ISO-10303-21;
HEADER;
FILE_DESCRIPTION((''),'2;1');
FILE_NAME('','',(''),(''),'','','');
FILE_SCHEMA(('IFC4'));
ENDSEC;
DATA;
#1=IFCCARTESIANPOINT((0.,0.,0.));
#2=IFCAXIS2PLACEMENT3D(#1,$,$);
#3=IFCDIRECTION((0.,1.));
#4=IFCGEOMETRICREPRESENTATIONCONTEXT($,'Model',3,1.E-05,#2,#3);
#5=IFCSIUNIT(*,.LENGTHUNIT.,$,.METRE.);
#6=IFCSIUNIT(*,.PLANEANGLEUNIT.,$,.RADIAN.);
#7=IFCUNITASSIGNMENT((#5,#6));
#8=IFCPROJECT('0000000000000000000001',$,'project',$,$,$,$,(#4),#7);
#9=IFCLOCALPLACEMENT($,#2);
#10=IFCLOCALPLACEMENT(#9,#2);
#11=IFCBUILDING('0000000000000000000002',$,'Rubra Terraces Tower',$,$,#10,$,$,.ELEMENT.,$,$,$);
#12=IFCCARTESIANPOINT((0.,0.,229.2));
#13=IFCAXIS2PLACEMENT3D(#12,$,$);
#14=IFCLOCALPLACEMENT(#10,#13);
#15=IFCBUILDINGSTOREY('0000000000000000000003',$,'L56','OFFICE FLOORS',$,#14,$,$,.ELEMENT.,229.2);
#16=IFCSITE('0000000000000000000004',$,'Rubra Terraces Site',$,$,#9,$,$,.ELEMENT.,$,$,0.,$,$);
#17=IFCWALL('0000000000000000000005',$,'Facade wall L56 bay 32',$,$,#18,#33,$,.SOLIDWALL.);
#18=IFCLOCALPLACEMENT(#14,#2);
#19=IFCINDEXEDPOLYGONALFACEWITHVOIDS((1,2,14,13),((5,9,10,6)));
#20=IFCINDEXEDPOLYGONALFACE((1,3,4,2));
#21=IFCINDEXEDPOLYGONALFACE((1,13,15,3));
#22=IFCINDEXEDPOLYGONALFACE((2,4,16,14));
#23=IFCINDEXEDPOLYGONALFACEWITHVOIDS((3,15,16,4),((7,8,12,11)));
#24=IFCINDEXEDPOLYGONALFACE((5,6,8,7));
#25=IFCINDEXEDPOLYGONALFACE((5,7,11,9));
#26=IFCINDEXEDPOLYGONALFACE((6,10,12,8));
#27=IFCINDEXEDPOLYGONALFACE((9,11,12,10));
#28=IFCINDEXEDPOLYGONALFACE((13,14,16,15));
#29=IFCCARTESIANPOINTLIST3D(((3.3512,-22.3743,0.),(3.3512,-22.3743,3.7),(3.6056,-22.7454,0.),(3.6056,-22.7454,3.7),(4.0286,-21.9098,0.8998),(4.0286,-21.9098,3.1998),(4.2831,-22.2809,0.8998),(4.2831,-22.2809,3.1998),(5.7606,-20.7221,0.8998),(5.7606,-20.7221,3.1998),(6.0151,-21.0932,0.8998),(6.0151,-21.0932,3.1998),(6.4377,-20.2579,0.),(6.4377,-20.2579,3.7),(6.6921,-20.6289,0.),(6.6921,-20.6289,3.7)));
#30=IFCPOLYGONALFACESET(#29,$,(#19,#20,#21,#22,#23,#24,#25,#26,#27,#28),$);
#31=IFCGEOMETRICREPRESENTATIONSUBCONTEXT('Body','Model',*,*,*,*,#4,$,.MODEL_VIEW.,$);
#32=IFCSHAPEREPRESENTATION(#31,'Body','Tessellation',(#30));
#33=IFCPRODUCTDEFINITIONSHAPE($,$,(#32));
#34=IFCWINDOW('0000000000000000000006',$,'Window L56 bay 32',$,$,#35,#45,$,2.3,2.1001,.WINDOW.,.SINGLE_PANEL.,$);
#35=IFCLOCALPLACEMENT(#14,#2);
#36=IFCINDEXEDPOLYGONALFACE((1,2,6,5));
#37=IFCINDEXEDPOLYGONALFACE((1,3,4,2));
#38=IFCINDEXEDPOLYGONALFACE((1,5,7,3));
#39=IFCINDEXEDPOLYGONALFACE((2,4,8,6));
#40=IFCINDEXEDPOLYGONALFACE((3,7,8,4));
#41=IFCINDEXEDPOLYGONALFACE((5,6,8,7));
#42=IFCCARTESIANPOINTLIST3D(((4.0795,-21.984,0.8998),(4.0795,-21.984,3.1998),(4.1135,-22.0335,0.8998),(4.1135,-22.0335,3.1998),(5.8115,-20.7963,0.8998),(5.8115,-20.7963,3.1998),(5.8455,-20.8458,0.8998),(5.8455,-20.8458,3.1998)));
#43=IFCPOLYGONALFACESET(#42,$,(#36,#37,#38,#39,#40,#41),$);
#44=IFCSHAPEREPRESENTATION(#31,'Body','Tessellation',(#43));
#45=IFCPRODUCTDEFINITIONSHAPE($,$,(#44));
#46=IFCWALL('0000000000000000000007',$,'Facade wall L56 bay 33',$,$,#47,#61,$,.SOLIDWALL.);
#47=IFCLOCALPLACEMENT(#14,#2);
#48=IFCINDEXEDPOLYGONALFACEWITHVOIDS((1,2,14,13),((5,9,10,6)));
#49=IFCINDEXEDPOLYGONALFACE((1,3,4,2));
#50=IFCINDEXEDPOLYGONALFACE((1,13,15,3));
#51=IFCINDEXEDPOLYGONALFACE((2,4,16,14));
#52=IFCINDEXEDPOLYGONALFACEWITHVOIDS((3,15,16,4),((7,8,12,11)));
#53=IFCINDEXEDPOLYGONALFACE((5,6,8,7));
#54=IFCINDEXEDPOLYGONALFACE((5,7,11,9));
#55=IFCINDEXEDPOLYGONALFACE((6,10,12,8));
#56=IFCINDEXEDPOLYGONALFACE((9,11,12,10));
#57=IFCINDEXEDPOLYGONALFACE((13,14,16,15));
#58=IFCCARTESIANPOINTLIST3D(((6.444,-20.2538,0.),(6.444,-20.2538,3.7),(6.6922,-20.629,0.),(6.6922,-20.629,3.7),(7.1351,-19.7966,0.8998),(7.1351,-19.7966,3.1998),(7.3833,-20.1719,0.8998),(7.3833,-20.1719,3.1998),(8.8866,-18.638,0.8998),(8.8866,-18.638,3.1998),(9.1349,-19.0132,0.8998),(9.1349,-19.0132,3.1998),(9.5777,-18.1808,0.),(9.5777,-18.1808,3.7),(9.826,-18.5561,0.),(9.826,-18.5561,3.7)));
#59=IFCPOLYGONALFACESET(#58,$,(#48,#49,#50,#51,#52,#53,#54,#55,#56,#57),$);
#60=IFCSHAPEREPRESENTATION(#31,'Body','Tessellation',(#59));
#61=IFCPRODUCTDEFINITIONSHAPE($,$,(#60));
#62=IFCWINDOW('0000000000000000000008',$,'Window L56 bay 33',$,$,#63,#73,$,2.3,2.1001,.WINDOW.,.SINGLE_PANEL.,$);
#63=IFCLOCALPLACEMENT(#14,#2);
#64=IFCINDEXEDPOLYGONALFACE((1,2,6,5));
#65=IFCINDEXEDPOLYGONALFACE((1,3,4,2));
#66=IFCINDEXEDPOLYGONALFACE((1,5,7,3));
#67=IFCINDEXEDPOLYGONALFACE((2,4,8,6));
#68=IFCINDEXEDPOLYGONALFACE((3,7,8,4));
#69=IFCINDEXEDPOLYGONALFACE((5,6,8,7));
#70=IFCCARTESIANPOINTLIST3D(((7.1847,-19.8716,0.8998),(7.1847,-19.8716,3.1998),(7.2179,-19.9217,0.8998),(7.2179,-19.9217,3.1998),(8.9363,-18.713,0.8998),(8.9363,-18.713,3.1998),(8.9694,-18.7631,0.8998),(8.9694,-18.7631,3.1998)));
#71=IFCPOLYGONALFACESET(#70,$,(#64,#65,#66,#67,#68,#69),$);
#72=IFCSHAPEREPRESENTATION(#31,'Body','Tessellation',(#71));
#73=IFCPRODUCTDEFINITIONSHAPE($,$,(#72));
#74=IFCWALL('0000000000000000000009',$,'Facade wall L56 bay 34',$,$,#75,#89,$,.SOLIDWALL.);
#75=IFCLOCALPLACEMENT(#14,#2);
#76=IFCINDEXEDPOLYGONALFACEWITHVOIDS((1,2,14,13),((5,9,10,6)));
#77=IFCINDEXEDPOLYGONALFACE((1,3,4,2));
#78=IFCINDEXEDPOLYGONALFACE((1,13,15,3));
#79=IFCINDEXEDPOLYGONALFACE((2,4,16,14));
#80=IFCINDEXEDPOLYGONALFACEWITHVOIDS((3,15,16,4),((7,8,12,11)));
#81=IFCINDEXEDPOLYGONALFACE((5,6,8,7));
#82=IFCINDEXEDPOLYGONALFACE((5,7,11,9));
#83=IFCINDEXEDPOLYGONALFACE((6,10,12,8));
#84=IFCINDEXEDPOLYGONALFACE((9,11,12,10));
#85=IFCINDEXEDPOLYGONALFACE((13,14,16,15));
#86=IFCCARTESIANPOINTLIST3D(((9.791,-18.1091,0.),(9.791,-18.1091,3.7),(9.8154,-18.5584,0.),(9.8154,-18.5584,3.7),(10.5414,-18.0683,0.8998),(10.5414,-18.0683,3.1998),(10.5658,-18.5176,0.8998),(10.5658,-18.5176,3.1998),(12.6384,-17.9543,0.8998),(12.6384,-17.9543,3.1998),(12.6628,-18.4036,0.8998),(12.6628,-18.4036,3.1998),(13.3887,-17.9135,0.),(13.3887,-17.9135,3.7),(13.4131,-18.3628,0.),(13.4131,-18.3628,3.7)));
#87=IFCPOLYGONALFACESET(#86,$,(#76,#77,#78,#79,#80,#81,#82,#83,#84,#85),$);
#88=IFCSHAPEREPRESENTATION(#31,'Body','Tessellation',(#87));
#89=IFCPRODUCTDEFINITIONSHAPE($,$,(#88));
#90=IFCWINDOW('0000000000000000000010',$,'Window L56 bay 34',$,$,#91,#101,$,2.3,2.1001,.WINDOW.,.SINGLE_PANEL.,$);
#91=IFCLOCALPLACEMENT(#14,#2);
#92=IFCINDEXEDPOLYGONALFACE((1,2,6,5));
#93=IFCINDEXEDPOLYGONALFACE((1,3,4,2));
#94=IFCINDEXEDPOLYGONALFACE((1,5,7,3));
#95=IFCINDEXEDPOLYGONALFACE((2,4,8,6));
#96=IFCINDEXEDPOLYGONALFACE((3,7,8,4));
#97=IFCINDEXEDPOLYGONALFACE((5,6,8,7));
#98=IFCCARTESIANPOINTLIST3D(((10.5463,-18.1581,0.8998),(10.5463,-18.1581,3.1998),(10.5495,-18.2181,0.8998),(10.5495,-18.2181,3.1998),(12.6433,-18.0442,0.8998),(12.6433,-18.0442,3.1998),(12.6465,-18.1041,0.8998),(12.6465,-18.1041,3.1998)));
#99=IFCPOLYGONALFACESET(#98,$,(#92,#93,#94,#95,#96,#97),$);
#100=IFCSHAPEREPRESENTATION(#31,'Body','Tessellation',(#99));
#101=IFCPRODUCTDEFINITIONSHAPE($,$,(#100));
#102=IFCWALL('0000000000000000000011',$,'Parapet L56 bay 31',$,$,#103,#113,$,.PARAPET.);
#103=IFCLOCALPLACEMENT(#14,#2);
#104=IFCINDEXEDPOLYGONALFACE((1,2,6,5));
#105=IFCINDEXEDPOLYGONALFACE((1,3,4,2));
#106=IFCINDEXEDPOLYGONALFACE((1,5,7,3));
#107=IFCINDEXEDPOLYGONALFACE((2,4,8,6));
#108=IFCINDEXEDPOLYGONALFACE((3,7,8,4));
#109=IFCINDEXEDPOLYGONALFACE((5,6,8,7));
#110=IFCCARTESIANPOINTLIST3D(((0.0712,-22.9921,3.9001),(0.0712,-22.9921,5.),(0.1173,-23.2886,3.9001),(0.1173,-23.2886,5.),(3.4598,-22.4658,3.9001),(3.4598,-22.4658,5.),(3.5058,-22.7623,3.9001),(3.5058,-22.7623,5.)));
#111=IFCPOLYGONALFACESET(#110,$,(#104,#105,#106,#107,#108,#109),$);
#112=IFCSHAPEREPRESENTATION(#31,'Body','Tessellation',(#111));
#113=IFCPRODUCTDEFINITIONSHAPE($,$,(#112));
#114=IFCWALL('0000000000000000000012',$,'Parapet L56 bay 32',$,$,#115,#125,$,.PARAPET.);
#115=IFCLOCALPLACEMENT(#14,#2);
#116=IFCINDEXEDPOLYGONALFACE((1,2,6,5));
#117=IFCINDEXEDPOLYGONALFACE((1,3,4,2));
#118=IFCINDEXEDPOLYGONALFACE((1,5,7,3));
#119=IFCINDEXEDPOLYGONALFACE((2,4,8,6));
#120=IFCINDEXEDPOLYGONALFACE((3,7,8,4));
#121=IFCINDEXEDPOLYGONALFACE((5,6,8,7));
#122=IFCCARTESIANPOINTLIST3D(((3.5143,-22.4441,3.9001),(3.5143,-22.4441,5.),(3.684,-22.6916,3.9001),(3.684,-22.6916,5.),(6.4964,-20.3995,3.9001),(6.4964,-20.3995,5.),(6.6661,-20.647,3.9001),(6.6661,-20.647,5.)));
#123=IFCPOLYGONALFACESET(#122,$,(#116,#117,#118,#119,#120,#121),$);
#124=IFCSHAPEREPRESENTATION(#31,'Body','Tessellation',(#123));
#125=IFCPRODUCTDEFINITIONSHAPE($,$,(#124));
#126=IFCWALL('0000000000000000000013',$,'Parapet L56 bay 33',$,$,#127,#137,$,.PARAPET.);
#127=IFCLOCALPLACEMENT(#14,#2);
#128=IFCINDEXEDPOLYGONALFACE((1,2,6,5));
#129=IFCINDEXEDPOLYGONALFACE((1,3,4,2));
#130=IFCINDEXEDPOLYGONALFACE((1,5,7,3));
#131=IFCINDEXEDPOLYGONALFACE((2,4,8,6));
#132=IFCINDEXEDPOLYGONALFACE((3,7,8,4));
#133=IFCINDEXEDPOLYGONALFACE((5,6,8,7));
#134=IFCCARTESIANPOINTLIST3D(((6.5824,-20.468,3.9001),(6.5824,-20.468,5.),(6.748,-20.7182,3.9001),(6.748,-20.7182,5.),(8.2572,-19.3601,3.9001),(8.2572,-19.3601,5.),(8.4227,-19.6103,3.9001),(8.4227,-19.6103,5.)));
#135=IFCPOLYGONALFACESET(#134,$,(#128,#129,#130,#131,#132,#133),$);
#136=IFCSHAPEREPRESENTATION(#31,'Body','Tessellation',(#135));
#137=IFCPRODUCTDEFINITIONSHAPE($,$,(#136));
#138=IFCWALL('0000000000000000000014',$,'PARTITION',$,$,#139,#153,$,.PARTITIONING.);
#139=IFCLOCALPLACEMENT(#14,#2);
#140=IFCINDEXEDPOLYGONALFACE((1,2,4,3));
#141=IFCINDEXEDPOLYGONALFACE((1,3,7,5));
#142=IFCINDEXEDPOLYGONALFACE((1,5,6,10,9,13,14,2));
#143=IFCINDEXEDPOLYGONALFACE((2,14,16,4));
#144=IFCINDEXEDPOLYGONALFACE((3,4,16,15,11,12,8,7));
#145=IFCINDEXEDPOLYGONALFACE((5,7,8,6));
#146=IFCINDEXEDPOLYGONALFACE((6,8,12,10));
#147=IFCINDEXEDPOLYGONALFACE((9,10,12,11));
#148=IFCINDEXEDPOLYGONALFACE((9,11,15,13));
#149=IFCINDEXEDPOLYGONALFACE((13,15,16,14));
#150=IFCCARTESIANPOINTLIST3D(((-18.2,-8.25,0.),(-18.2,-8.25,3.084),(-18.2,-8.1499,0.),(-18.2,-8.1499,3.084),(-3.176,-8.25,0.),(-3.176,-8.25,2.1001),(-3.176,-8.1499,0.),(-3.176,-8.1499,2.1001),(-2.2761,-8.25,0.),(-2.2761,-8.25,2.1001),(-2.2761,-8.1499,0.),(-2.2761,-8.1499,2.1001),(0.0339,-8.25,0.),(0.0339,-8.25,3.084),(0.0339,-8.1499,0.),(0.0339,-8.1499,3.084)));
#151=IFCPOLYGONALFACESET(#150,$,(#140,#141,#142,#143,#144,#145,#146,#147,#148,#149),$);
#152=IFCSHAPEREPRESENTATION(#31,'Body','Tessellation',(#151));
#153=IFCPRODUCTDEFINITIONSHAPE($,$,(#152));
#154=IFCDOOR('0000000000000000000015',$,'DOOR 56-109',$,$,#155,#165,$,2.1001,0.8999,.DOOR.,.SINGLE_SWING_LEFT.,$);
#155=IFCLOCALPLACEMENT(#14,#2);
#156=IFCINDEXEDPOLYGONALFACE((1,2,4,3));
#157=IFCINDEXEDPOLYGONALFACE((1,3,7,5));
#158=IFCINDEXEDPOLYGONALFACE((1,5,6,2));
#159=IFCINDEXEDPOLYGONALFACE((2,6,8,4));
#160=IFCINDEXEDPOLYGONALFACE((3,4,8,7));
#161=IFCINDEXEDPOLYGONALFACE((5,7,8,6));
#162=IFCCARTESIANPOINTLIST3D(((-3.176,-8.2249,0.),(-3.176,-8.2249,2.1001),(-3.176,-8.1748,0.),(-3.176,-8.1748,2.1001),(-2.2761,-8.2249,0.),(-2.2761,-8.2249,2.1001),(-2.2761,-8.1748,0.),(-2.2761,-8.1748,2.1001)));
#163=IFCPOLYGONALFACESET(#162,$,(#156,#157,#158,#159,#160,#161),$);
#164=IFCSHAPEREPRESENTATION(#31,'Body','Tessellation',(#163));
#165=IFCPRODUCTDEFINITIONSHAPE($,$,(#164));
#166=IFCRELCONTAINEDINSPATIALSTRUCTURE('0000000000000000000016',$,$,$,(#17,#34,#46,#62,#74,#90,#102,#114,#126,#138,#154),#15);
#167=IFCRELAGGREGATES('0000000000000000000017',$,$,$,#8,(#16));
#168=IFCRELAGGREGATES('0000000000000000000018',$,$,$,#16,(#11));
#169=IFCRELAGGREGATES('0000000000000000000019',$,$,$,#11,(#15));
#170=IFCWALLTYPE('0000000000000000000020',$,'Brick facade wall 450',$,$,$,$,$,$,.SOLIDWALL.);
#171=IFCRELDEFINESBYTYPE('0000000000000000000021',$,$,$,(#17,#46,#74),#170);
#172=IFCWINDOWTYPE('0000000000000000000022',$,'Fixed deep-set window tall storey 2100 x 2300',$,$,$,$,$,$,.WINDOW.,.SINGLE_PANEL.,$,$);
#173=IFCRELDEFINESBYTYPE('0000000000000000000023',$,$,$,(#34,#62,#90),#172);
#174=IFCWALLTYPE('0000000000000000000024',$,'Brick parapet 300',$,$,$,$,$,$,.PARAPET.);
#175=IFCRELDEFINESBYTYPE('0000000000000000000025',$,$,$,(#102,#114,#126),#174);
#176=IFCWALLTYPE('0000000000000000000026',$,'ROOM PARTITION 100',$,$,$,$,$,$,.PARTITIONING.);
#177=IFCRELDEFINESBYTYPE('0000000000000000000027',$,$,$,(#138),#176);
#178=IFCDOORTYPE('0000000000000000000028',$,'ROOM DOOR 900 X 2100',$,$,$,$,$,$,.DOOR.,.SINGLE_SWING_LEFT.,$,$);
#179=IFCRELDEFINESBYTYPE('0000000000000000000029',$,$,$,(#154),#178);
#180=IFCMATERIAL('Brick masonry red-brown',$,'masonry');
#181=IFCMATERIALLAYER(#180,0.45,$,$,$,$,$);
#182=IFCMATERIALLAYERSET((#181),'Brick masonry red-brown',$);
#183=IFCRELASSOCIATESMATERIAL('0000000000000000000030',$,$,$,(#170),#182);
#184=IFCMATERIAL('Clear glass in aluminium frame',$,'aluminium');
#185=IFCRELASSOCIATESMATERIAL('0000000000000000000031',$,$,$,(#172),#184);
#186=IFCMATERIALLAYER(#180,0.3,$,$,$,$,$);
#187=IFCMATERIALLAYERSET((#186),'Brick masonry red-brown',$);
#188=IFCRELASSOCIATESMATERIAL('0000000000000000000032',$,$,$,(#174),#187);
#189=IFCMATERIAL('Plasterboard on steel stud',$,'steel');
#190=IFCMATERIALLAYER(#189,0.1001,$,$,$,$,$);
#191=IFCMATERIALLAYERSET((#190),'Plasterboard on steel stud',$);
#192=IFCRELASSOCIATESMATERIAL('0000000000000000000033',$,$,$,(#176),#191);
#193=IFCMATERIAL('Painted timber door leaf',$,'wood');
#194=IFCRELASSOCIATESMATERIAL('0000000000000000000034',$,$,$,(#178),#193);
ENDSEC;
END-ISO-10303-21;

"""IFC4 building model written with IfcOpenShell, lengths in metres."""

from ifc_helpers import new_model, si_unit, direction, frame, frame_2d, origin, place, context, subcontext, project, spatial, rectangle, extrude, material, layer, layer_set, type_object, element, fill, save


model = new_model("IFC4")

# Units and contexts
model_context = context("Model", 3, precision=1e-05, world=origin(), true_north=direction((0.0, 1.0)))
body_context = subcontext(model_context, "Body", "Model", "MODEL_VIEW")
ifc_project = project(units=[si_unit("LENGTHUNIT", "METRE"), si_unit("PLANEANGLEUNIT", "RADIAN")], contexts=[model_context])

# Site, building, storey
site_placement = place(None, origin())
site = spatial("IfcSite", under=ifc_project, at=site_placement, Name="Rubra Terraces Site", CompositionType="ELEMENT", RefElevation=0.0)
building_placement = place(site_placement, origin())
building = spatial("IfcBuilding", under=site, at=building_placement, Name="Rubra Terraces Tower", CompositionType="ELEMENT")
storey_placement = place(building_placement, frame((0.0, 0.0, 229.2)))
storey = spatial("IfcBuildingStorey", under=building, at=storey_placement, Name="L56", Description="OFFICE FLOORS", CompositionType="ELEMENT", Elevation=229.2)

# Walls, openings, windows
ifc_material_1 = material(Name="Brick masonry red-brown", Category="masonry")
ifc_layer_1 = layer(ifc_material_1, 0.45)
ifc_layer_set_1 = layer_set([ifc_layer_1], Name="Brick masonry red-brown")
wall_type_1 = type_object("IfcWallType", Name="Brick facade wall 450", PredefinedType="SOLIDWALL", material=ifc_layer_set_1)
wall_1_placement = place(storey_placement, frame((3.4785, -22.5598, 0.0), z_axis=(0.0, 0.0, 1.0), x_axis=(0.824723, 0.565537, 0.0)))
wall_1 = element("IfcWall", 1, at=wall_1_placement, inside=storey, type_object=wall_type_1, Name="Facade wall L56 bay 32", PredefinedType="SOLIDWALL", context=body_context, shape_type="SweptSolid", body=[
    extrude(rectangle(XDim=3.7424, YDim=0.45, at=frame_2d((1.8711, 0.0))), origin(), (0.0, 0.0, 1.0), 3.7),
])
opening_1_placement = place(wall_1_placement, frame((0.8213, 0.0, 0.8999)))
opening_1 = element("IfcOpeningElement", 2, at=opening_1_placement, cuts=wall_1, PredefinedType="OPENING", context=body_context, shape_type="SweptSolid", body=[
    extrude(rectangle(XDim=2.1001, YDim=2.3, at=frame_2d((1.05, 1.1499))), frame((0.0, 0.2349, 0.0), z_axis=(0.0, -1.0, 0.0), x_axis=(1.0, 0.0, 0.0)), (0.0, 0.0, 1.0), 0.47),
])
ifc_material_2 = material(Name="Clear glass in aluminium frame", Category="aluminium")
window_type = type_object("IfcWindowType", Name="Fixed deep-set window tall storey 2100 x 2300", PartitioningType="SINGLE_PANEL", PredefinedType="WINDOW", material=ifc_material_2)
window_1_placement = place(opening_1_placement, origin())
window_1 = element("IfcWindow", 3, at=window_1_placement, inside=storey, type_object=window_type, Name="Window L56 bay 32", OverallHeight=2.3, OverallWidth=2.1001, PartitioningType="SINGLE_PANEL", PredefinedType="WINDOW", context=body_context, shape_type="SweptSolid", body=[
    extrude(rectangle(XDim=2.1001, YDim=2.3, at=frame_2d((1.05, 1.1499))), frame((0.0, 0.135, 0.0), z_axis=(0.0, -1.0, 0.0), x_axis=(1.0, 0.0, 0.0)), (0.0, 0.0, 1.0), 0.0601),
])
fill(opening_1, window_1)
wall_2_placement = place(storey_placement, frame((6.5681, -20.4414, 0.0), z_axis=(0.0, 0.0, 1.0), x_axis=(0.834034, 0.551713, 0.0)))
wall_2 = element("IfcWall", 4, at=wall_2_placement, inside=storey, type_object=wall_type_1, Name="Facade wall L56 bay 33", PredefinedType="SOLIDWALL", context=body_context, shape_type="SweptSolid", body=[
    extrude(rectangle(XDim=3.7573, YDim=0.45, at=frame_2d((1.8787, 0.0))), origin(), (0.0, 0.0, 1.0), 3.7),
])
opening_2_placement = place(wall_2_placement, frame((0.8286, 0.0, 0.8999)))
opening_2 = element("IfcOpeningElement", 5, at=opening_2_placement, cuts=wall_2, PredefinedType="OPENING", context=body_context, shape_type="SweptSolid", body=[
    extrude(rectangle(XDim=2.1001, YDim=2.3, at=frame_2d((1.05, 1.1499))), frame((0.0, 0.2349, 0.0), z_axis=(0.0, -1.0, 0.0), x_axis=(1.0, 0.0, 0.0)), (0.0, 0.0, 1.0), 0.47),
])
window_2_placement = place(opening_2_placement, origin())
window_2 = element("IfcWindow", 6, at=window_2_placement, inside=storey, type_object=window_type, Name="Window L56 bay 33", OverallHeight=2.3, OverallWidth=2.1001, PartitioningType="SINGLE_PANEL", PredefinedType="WINDOW", context=body_context, shape_type="SweptSolid", body=[
    extrude(rectangle(XDim=2.1001, YDim=2.3, at=frame_2d((1.05, 1.1499))), frame((0.0, 0.135, 0.0), z_axis=(0.0, -1.0, 0.0), x_axis=(1.0, 0.0, 0.0)), (0.0, 0.0, 1.0), 0.0601),
])
fill(opening_2, window_2)
wall_3_placement = place(storey_placement, frame((9.8032, -18.3337, 0.0), z_axis=(0.0, 0.0, 1.0), x_axis=(0.998526, 0.054277, 0.0)))
wall_3 = element("IfcWall", 7, at=wall_3_placement, inside=storey, type_object=wall_type_1, Name="Facade wall L56 bay 34", PredefinedType="SOLIDWALL", context=body_context, shape_type="SweptSolid", body=[
    extrude(rectangle(XDim=3.603, YDim=0.45, at=frame_2d((1.8015, 0.0))), origin(), (0.0, 0.0, 1.0), 3.7),
])
opening_3_placement = place(wall_3_placement, frame((0.7515, 0.0, 0.8999)))
opening_3 = element("IfcOpeningElement", 8, at=opening_3_placement, cuts=wall_3, PredefinedType="OPENING", context=body_context, shape_type="SweptSolid", body=[
    extrude(rectangle(XDim=2.1001, YDim=2.3, at=frame_2d((1.05, 1.1499))), frame((0.0, 0.2349, 0.0), z_axis=(0.0, -1.0, 0.0), x_axis=(1.0, 0.0, 0.0)), (0.0, 0.0, 1.0), 0.47),
])
window_3_placement = place(opening_3_placement, origin())
window_3 = element("IfcWindow", 9, at=window_3_placement, inside=storey, type_object=window_type, Name="Window L56 bay 34", OverallHeight=2.3, OverallWidth=2.1001, PartitioningType="SINGLE_PANEL", PredefinedType="WINDOW", context=body_context, shape_type="SweptSolid", body=[
    extrude(rectangle(XDim=2.1001, YDim=2.3, at=frame_2d((1.05, 1.1499))), frame((0.0, 0.135, 0.0), z_axis=(0.0, -1.0, 0.0), x_axis=(1.0, 0.0, 0.0)), (0.0, 0.0, 1.0), 0.0601),
])
fill(opening_3, window_3)

# Walls
ifc_layer_2 = layer(ifc_material_1, 0.3)
ifc_layer_set_2 = layer_set([ifc_layer_2], Name="Brick masonry red-brown")
wall_type_2 = type_object("IfcWallType", Name="Brick parapet 300", PredefinedType="PARAPET", material=ifc_layer_set_2)
wall_4_placement = place(storey_placement, frame((0.0942, -23.1404, 3.9001), z_axis=(0.0, 0.0, 1.0), x_axis=(0.98815, 0.153491, 0.0)))
element("IfcWall", 10, at=wall_4_placement, inside=storey, type_object=wall_type_2, Name="Parapet L56 bay 31", PredefinedType="PARAPET", context=body_context, shape_type="SweptSolid", body=[
    extrude(rectangle(XDim=3.4292, YDim=0.3, at=frame_2d((1.7146, 0.0))), origin(), (0.0, 0.0, 1.0), 1.0999),
])
wall_5_placement = place(storey_placement, frame((3.5991, -22.5679, 3.9001), z_axis=(0.0, 0.0, 1.0), x_axis=(0.82476, 0.565482, 0.0)))
element("IfcWall", 11, at=wall_5_placement, inside=storey, type_object=wall_type_2, Name="Parapet L56 bay 32", PredefinedType="PARAPET", context=body_context, shape_type="SweptSolid", body=[
    extrude(rectangle(XDim=3.6157, YDim=0.3, at=frame_2d((1.8079, 0.0))), origin(), (0.0, 0.0, 1.0), 1.0999),
])
wall_6_placement = place(storey_placement, frame((6.6653, -20.593, 3.9001), z_axis=(0.0, 0.0, 1.0), x_axis=(0.834028, 0.551723, 0.0)))
element("IfcWall", 12, at=wall_6_placement, inside=storey, type_object=wall_type_2, Name="Parapet L56 bay 33", PredefinedType="PARAPET", context=body_context, shape_type="SweptSolid", body=[
    extrude(rectangle(XDim=2.0081, YDim=0.3, at=frame_2d((1.0039, 0.0))), origin(), (0.0, 0.0, 1.0), 1.0999),
])

# Wall, opening, door
ifc_material_3 = material(Name="Plasterboard on steel stud", Category="steel")
ifc_layer_3 = layer(ifc_material_3, 0.1001)
ifc_layer_set_3 = layer_set([ifc_layer_3], Name="Plasterboard on steel stud")
wall_type_3 = type_object("IfcWallType", Name="ROOM PARTITION 100", PredefinedType="PARTITIONING", material=ifc_layer_set_3)
wall_7_placement = place(storey_placement, frame((0.0339, -8.2, 0.0), z_axis=(0.0, 0.0, 1.0), x_axis=(-1.0, 0.0, 0.0)))
wall_7 = element("IfcWall", 13, at=wall_7_placement, inside=storey, type_object=wall_type_3, Name="PARTITION", PredefinedType="PARTITIONING", context=body_context, shape_type="SweptSolid", body=[
    extrude(rectangle(XDim=18.2339, YDim=0.1001, at=frame_2d((9.1169, 0.0))), origin(), (0.0, 0.0, 1.0), 3.084),
])
opening_4_placement = place(wall_7_placement, frame((2.3101, 0.0, 0.0)))
opening_4 = element("IfcOpeningElement", 14, at=opening_4_placement, cuts=wall_7, PredefinedType="OPENING", context=body_context, shape_type="SweptSolid", body=[
    extrude(rectangle(XDim=0.8999, YDim=2.1001, at=frame_2d((0.45, 1.05))), frame((0.0, 0.0601, 0.0), z_axis=(0.0, -1.0, 0.0), x_axis=(1.0, 0.0, 0.0)), (0.0, 0.0, 1.0), 0.1201),
])
ifc_material_4 = material(Name="Painted timber door leaf", Category="wood")
door_type = type_object("IfcDoorType", Name="ROOM DOOR 900 X 2100", OperationType="SINGLE_SWING_LEFT", PredefinedType="DOOR", material=ifc_material_4)
door_placement = place(opening_4_placement, origin())
door = element("IfcDoor", 15, at=door_placement, inside=storey, type_object=door_type, Name="DOOR 56-109", OperationType="SINGLE_SWING_LEFT", OverallHeight=2.1001, OverallWidth=0.8999, PredefinedType="DOOR", context=body_context, shape_type="SweptSolid", body=[
    extrude(rectangle(XDim=0.8999, YDim=2.1001, at=frame_2d((0.45, 1.05))), frame((0.0, 0.0249, 0.0), z_axis=(0.0, -1.0, 0.0), x_axis=(1.0, 0.0, 0.0)), (0.0, 0.0, 1.0), 0.05),
])
fill(opening_4, door)

save(model, "model.ifc")
